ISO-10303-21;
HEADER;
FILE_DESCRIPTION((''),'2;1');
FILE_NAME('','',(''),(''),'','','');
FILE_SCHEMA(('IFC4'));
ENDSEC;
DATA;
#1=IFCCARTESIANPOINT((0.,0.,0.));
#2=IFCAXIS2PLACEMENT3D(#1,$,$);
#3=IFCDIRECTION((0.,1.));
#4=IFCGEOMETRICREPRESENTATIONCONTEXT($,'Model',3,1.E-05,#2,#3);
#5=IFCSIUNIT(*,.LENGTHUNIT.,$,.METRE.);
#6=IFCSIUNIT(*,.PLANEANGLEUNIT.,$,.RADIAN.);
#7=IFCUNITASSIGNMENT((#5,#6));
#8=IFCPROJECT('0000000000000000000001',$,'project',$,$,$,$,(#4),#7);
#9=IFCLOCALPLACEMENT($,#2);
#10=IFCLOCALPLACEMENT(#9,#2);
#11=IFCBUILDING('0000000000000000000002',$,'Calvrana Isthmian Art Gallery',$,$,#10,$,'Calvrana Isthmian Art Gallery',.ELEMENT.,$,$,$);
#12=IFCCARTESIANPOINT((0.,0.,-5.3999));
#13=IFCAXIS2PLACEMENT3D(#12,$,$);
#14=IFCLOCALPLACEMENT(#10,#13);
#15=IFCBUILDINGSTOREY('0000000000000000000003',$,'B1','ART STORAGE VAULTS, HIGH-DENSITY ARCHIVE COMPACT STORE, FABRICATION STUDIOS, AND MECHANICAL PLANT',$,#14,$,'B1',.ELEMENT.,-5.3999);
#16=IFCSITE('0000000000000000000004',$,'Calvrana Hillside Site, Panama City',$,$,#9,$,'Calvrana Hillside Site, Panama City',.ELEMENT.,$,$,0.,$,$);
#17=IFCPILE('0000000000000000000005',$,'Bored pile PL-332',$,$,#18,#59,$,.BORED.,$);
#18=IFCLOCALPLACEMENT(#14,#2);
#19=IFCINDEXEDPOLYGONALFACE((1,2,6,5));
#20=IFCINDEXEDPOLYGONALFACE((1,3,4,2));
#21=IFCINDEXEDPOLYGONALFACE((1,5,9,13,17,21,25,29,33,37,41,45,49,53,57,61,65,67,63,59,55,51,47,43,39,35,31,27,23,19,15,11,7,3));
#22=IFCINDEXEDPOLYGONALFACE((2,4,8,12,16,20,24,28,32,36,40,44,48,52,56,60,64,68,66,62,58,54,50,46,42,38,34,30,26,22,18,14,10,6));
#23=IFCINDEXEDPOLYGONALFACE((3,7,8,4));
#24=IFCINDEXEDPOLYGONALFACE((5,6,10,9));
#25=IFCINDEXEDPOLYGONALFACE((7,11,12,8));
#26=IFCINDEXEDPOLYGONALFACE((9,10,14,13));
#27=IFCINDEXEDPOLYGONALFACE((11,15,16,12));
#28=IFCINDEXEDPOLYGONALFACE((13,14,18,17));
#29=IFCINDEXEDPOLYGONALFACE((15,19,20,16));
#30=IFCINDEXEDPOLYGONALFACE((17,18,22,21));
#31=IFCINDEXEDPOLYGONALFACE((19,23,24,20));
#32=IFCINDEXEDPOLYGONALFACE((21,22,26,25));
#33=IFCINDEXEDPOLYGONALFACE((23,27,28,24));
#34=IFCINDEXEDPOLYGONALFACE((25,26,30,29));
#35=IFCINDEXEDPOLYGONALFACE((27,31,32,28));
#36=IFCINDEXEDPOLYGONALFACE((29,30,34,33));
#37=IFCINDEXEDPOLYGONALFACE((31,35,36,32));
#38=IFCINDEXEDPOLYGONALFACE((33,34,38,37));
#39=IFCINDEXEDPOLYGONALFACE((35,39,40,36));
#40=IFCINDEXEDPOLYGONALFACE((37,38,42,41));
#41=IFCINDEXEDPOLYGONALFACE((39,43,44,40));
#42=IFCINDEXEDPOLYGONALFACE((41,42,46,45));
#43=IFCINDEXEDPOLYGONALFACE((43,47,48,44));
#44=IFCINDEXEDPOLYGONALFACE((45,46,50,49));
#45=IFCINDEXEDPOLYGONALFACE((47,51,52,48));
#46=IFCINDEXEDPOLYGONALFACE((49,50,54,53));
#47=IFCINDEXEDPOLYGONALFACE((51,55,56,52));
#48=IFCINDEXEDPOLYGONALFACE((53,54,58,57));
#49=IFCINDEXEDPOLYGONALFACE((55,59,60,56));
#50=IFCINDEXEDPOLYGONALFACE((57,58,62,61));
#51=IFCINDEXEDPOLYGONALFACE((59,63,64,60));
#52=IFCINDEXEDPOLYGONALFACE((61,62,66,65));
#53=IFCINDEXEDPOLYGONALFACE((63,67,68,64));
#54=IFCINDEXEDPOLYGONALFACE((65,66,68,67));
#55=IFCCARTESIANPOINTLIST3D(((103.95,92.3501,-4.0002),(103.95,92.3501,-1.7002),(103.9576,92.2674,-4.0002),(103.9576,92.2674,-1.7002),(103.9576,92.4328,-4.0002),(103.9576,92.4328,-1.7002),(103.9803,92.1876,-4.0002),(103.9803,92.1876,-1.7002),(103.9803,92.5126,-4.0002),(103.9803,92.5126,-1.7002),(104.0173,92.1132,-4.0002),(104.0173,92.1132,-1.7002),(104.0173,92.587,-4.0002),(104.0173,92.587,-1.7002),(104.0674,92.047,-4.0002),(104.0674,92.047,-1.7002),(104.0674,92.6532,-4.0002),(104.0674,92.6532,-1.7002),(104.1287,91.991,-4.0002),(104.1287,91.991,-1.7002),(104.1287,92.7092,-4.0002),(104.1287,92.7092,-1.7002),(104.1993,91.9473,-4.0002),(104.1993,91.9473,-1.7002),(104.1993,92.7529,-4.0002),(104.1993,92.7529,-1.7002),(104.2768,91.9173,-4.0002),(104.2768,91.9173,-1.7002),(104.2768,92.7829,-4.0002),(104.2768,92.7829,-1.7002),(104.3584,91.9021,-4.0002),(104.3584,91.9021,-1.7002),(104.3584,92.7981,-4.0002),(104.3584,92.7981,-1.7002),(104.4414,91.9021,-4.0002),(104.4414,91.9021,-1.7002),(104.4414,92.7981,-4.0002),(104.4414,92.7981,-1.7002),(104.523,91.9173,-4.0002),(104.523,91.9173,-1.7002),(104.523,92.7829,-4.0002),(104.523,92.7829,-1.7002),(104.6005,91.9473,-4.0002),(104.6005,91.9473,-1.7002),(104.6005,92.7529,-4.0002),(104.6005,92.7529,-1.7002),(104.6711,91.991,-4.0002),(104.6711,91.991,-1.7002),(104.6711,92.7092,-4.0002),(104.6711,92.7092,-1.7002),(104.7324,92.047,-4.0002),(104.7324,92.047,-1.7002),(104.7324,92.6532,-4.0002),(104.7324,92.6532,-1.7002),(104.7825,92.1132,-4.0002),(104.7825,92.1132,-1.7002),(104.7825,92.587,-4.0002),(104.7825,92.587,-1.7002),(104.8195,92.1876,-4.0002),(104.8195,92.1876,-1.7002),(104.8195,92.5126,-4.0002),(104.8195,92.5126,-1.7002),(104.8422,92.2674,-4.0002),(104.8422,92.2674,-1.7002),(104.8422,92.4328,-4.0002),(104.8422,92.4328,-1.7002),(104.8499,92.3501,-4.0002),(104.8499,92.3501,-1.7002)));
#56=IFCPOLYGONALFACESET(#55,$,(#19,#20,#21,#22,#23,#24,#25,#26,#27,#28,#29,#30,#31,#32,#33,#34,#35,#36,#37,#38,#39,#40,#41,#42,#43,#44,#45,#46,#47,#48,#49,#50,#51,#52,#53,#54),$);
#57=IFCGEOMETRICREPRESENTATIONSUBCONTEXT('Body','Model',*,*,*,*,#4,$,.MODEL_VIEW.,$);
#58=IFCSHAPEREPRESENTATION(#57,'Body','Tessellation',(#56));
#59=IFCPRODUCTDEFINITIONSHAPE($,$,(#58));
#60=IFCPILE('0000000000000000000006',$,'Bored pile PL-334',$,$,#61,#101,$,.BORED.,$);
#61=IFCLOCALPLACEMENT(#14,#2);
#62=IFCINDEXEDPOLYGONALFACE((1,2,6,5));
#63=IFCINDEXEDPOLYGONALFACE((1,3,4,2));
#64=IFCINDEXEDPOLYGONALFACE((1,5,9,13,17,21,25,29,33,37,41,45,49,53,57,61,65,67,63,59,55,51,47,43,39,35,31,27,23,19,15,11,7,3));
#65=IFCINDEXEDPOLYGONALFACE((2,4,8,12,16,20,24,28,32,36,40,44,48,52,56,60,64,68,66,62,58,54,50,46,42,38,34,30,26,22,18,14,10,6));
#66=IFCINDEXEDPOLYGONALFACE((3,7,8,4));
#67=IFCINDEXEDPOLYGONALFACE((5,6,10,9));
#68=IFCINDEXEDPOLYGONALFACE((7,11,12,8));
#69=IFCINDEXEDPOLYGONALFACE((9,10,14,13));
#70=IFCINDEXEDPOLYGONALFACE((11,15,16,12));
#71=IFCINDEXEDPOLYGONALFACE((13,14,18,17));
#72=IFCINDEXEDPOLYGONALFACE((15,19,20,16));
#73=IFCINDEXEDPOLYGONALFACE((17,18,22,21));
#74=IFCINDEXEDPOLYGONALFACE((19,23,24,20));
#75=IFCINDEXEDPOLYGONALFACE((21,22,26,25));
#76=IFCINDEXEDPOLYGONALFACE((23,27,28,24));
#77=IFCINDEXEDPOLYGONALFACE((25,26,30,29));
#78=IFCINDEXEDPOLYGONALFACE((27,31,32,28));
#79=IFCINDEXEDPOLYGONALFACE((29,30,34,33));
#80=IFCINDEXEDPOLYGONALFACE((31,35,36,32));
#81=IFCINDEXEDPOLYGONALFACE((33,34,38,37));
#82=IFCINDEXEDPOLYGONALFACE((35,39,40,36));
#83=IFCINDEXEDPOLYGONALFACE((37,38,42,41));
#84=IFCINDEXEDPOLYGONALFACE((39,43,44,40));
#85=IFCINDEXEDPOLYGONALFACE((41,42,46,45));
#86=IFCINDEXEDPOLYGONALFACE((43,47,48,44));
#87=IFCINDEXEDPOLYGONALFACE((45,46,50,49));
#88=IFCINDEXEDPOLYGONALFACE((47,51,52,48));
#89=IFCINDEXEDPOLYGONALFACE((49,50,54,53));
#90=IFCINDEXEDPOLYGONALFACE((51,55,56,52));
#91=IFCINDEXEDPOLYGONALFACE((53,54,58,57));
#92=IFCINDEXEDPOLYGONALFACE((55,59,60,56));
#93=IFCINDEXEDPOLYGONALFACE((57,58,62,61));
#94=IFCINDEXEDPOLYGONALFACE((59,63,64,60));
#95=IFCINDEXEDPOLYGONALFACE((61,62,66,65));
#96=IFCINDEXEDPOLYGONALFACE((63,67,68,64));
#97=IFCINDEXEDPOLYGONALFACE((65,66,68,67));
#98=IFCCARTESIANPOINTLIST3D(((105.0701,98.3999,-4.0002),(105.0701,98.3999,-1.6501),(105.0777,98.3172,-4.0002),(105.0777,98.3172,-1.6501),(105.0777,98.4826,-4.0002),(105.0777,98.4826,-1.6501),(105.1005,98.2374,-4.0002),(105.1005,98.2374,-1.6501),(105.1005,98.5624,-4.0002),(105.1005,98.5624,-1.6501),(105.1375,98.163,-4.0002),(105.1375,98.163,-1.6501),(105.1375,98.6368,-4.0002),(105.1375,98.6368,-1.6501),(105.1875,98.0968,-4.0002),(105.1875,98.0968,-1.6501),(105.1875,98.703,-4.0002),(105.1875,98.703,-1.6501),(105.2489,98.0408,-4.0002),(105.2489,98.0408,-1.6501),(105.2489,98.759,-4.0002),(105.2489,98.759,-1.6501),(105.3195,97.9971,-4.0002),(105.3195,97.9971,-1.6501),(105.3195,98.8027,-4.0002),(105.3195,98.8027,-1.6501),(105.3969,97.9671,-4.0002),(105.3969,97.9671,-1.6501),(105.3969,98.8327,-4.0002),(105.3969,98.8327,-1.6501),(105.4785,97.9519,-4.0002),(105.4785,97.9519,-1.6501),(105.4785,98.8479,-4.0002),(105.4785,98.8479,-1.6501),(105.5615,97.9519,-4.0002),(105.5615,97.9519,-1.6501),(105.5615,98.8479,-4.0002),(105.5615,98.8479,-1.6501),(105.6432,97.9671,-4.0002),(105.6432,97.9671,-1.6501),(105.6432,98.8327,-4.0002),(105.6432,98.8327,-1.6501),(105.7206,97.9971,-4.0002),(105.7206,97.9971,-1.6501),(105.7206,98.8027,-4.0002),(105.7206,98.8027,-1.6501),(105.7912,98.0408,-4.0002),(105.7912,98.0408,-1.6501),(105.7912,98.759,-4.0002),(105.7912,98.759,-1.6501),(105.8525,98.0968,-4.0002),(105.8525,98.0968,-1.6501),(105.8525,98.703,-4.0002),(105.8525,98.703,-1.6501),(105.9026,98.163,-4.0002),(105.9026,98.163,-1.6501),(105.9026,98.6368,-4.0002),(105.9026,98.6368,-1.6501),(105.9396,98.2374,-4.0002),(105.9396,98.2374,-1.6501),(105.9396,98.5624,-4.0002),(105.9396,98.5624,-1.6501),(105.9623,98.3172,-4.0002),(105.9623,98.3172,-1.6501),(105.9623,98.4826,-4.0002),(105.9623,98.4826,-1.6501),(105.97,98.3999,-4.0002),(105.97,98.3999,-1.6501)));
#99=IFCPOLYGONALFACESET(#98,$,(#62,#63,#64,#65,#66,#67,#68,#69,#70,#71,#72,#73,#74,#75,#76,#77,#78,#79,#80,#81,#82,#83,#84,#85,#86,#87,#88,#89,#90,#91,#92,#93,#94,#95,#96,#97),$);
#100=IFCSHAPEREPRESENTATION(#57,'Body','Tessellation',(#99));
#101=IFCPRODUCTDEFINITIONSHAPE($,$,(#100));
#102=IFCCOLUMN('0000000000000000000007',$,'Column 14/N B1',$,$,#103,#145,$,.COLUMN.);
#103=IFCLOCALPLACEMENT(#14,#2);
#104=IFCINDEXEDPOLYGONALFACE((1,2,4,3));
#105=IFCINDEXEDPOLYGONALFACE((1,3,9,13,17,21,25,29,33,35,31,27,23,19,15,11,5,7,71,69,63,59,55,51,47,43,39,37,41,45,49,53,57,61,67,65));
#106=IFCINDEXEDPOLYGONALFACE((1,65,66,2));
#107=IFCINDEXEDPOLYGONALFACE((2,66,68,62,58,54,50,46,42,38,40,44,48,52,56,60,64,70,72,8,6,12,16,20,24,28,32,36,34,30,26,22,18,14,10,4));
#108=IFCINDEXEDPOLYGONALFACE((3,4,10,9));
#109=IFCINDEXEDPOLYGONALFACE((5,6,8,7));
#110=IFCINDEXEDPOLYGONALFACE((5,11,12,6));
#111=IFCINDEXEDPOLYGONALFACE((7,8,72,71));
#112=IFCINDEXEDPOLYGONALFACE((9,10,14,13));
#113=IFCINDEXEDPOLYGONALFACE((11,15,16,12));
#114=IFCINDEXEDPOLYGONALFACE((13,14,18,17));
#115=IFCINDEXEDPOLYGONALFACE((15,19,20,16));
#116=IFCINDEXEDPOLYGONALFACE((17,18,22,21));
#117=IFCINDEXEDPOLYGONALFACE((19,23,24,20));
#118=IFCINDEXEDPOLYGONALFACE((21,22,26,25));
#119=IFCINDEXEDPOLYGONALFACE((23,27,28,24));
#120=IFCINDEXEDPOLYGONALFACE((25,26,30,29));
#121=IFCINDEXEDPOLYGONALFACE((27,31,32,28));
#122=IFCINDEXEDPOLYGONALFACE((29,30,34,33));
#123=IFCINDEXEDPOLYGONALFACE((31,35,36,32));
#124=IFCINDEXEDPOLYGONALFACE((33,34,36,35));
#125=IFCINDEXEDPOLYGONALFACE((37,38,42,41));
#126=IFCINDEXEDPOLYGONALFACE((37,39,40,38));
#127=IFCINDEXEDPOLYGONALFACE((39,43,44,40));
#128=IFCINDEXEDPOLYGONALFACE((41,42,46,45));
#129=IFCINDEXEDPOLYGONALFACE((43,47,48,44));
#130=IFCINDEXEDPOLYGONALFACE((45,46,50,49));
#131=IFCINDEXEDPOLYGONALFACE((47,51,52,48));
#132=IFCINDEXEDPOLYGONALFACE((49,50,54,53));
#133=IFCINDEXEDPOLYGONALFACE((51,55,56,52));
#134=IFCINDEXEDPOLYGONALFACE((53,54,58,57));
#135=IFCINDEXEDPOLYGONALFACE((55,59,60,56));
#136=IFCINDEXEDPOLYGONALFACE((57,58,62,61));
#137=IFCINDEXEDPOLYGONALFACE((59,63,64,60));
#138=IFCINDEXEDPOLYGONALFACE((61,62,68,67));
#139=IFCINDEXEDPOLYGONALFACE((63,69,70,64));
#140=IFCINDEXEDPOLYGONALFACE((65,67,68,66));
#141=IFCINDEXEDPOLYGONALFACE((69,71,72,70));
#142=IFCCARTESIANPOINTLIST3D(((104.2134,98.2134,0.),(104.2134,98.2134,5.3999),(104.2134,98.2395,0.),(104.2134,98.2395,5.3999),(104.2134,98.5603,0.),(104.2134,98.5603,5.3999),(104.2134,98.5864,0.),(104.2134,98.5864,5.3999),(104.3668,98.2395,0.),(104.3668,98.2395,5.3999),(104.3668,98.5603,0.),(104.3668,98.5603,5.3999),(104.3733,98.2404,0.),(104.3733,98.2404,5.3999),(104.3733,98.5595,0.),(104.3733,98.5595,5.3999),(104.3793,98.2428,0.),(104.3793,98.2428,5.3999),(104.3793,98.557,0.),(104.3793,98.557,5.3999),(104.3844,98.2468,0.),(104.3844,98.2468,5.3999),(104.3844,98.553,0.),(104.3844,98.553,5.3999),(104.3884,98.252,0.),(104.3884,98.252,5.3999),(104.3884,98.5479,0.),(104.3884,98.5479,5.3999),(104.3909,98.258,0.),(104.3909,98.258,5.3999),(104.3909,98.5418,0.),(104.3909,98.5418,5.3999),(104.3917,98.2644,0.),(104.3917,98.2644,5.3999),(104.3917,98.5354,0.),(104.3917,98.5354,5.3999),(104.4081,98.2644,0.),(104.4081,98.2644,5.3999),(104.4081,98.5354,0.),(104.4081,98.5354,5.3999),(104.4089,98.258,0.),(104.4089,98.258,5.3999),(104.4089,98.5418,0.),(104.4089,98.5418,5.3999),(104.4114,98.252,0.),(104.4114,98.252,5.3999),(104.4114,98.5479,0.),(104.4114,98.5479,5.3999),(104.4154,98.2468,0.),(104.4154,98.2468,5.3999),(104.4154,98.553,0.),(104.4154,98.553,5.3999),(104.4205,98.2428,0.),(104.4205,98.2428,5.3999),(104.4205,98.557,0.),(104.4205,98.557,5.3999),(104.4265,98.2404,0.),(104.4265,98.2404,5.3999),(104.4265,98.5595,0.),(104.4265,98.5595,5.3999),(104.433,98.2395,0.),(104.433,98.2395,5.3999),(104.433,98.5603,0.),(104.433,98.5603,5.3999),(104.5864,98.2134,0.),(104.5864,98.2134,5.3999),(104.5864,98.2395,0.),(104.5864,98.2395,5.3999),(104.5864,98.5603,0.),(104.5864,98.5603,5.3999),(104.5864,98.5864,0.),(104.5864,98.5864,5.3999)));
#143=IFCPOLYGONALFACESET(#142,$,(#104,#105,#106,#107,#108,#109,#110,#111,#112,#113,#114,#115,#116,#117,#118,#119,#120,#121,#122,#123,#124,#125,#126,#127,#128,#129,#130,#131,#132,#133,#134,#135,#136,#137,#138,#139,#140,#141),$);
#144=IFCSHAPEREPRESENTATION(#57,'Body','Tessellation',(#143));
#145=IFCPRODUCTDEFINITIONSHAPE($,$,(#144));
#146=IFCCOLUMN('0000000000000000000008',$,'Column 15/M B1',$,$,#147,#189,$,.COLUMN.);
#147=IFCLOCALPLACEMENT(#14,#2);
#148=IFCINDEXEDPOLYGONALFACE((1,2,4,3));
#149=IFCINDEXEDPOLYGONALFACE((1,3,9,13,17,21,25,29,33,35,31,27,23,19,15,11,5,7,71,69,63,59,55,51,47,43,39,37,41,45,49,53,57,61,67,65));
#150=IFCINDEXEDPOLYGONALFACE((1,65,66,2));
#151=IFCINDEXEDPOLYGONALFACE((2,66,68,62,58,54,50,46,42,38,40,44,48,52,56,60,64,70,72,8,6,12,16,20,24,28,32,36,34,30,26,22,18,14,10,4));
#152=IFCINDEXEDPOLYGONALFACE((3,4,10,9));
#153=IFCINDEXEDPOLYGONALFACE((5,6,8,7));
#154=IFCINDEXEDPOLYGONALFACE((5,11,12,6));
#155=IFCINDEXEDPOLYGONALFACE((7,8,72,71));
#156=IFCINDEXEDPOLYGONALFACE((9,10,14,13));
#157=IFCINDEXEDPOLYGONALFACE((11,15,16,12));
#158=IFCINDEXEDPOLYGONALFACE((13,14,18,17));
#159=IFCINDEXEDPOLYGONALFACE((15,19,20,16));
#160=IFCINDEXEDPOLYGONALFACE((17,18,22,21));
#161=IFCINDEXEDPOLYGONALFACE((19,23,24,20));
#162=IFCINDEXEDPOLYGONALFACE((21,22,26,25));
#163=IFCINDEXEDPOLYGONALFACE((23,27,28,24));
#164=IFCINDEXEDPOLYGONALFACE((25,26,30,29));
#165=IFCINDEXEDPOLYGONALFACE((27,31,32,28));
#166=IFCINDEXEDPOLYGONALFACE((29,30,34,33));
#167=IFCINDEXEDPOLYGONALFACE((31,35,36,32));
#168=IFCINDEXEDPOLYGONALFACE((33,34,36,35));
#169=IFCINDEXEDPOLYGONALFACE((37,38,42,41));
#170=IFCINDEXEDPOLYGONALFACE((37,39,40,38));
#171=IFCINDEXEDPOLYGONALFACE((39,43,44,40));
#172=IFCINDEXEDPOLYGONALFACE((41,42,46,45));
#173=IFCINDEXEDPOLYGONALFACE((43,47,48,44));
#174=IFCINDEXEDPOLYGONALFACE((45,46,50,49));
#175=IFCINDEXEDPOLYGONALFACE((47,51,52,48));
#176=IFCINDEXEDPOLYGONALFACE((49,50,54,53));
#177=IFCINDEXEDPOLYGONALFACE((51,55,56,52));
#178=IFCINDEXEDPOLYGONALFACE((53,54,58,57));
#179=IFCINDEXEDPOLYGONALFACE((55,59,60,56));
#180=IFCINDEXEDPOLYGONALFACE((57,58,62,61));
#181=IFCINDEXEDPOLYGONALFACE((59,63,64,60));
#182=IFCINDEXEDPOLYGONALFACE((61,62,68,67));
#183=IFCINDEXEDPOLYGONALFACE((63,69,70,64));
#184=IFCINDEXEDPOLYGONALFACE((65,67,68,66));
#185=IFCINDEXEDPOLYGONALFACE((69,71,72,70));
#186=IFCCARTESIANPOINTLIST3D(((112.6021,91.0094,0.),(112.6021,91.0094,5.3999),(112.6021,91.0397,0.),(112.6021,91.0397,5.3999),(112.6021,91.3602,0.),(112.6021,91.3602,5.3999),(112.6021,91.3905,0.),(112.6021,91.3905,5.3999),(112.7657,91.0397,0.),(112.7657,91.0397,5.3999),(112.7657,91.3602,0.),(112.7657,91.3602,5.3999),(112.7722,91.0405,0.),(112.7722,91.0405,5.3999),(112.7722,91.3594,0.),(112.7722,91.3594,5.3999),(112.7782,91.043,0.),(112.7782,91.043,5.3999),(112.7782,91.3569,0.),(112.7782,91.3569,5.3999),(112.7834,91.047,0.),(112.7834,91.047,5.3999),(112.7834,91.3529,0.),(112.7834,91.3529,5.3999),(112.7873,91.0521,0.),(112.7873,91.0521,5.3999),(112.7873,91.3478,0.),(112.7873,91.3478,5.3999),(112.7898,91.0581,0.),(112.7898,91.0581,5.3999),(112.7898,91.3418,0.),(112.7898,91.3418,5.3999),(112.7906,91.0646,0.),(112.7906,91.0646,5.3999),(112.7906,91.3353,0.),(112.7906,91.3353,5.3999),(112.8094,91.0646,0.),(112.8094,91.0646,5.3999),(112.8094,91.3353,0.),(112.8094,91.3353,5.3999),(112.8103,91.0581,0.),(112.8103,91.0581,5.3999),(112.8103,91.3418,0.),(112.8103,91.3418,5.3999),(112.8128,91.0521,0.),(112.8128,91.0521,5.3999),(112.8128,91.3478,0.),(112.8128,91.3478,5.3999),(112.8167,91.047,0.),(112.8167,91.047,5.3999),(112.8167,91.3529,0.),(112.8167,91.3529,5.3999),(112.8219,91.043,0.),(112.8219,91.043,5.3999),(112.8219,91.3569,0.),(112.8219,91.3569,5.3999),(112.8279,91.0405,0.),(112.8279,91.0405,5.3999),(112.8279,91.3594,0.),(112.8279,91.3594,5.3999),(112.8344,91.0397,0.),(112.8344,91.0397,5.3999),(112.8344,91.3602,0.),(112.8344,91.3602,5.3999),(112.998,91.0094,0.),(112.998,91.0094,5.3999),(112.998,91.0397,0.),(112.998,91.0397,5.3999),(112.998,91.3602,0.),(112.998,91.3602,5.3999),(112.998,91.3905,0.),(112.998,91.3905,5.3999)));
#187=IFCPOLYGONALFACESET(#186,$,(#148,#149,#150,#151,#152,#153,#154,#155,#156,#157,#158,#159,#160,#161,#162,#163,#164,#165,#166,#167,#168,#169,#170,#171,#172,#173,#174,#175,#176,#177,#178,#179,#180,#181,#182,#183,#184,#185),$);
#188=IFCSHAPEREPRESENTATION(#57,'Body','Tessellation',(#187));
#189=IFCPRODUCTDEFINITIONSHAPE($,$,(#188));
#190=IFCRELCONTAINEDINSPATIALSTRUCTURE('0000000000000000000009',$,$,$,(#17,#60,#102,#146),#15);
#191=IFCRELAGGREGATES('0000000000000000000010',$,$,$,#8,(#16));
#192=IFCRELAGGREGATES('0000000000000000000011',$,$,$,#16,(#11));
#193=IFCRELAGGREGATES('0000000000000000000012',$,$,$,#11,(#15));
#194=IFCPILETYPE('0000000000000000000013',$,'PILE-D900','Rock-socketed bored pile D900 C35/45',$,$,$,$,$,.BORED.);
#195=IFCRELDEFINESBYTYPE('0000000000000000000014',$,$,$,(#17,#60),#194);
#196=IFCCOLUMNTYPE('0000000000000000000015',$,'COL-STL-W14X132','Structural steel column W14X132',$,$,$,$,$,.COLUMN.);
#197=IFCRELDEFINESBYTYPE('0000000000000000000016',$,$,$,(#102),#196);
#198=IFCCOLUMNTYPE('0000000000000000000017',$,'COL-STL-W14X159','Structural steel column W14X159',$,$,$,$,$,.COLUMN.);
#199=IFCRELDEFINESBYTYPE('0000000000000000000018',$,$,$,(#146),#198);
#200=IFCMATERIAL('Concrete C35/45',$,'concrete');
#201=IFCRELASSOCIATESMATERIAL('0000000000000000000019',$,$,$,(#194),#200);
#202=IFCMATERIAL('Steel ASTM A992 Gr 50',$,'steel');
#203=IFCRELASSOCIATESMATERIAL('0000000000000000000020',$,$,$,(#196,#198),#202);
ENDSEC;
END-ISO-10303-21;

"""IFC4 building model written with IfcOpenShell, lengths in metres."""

from ifc_helpers import new_model, si_unit, direction, frame, origin, origin_2d, place, context, subcontext, project, spatial, circle, i_section, extrude, material, material_profile, profile_set, type_object, element, save


model = new_model("IFC4")

# Units and contexts
model_context = context("Model", 3, precision=1e-05, world=origin(), true_north=direction((0.0, 1.0)))
body_context = subcontext(model_context, "Body", "Model", "MODEL_VIEW")
ifc_project = project(units=[si_unit("LENGTHUNIT", "METRE"), si_unit("PLANEANGLEUNIT", "RADIAN")], contexts=[model_context])

# Site, building, storey
site_placement = place(None, origin())
site = spatial("IfcSite", under=ifc_project, at=site_placement, Name="Calvrana Hillside Site, Panama City", LongName="Calvrana Hillside Site, Panama City", CompositionType="ELEMENT", RefElevation=0.0)
building_placement = place(site_placement, origin())
building = spatial("IfcBuilding", under=site, at=building_placement, Name="Calvrana Isthmian Art Gallery", LongName="Calvrana Isthmian Art Gallery", CompositionType="ELEMENT")
storey_placement = place(building_placement, frame((0.0, 0.0, -5.3999)))
storey = spatial("IfcBuildingStorey", under=building, at=storey_placement, Name="B1", Description="ART STORAGE VAULTS, HIGH-DENSITY ARCHIVE COMPACT STORE, FABRICATION STUDIOS, AND MECHANICAL PLANT", LongName="B1", CompositionType="ELEMENT", Elevation=-5.3999)

# Shared definitions
ifc_material_1 = material(Name="Concrete C35/45", Category="concrete")

# Piles
ifc_material_profile_1 = material_profile(ifc_material_1, circle(Radius=0.45, at=origin_2d()), Name="PILE900D")
ifc_profile_set_1 = profile_set([ifc_material_profile_1], Name="Concrete C35/45")
pile_type_1 = type_object("IfcPileType", Name="PILE-D900", Description="Rock-socketed bored pile D900 C35/45", PredefinedType="BORED", material=ifc_profile_set_1)
pile_1_placement = place(storey_placement, frame((104.3999, 92.3501, -1.7002), z_axis=(0.0, 0.0, -1.0), x_axis=(1.0, 0.0, 0.0)))
element("IfcPile", 1, at=pile_1_placement, inside=storey, type_object=pile_type_1, Name="Bored pile PL-332", PredefinedType="BORED", context=body_context, shape_type="SweptSolid", body=[
    extrude(circle(Radius=0.45, at=origin_2d()), origin(), (0.0, 0.0, 1.0), 2.3),
])
pile_2_placement = place(storey_placement, frame((105.52, 98.3999, -1.6501), z_axis=(0.0, 0.0, -1.0), x_axis=(1.0, 0.0, 0.0)))
element("IfcPile", 2, at=pile_2_placement, inside=storey, type_object=pile_type_1, Name="Bored pile PL-334", PredefinedType="BORED", context=body_context, shape_type="SweptSolid", body=[
    extrude(circle(Radius=0.45, at=origin_2d()), origin(), (0.0, 0.0, 1.0), 2.3501),
])

# Columns
ifc_material_2 = material(Name="Steel ASTM A992 Gr 50", Category="steel")
ifc_material_profile_2 = material_profile(ifc_material_2, i_section(OverallWidth=0.373, OverallDepth=0.373, WebThickness=0.0164, FlangeThickness=0.0261, FilletRadius=0.0249, at=origin_2d()), Name="W14X132")
ifc_profile_set_2 = profile_set([ifc_material_profile_2], Name="Steel ASTM A992 Gr 50")
column_type_1 = type_object("IfcColumnType", Name="COL-STL-W14X132", Description="Structural steel column W14X132", PredefinedType="COLUMN", material=ifc_profile_set_2)
column_1_placement = place(storey_placement, frame((104.3999, 98.3999, 0.0), z_axis=(0.0, 0.0, 1.0), x_axis=(1.0, 0.0, 0.0)))
element("IfcColumn", 3, at=column_1_placement, inside=storey, type_object=column_type_1, Name="Column 14/N B1", PredefinedType="COLUMN", context=body_context, shape_type="SweptSolid", body=[
    extrude(i_section(OverallWidth=0.373, OverallDepth=0.373, WebThickness=0.0164, FlangeThickness=0.0261, FilletRadius=0.0249, at=origin_2d()), origin(), (0.0, 0.0, 1.0), 5.3999),
])
ifc_material_profile_3 = material_profile(ifc_material_2, i_section(OverallWidth=0.396, OverallDepth=0.3811, WebThickness=0.0188, FlangeThickness=0.0303, FilletRadius=0.0249, at=origin_2d()), Name="W14X159")
ifc_profile_set_3 = profile_set([ifc_material_profile_3], Name="Steel ASTM A992 Gr 50")
column_type_2 = type_object("IfcColumnType", Name="COL-STL-W14X159", Description="Structural steel column W14X159", PredefinedType="COLUMN", material=ifc_profile_set_3)
column_2_placement = place(storey_placement, frame((112.8, 91.2, 0.0), z_axis=(0.0, 0.0, 1.0), x_axis=(1.0, 0.0, 0.0)))
element("IfcColumn", 4, at=column_2_placement, inside=storey, type_object=column_type_2, Name="Column 15/M B1", PredefinedType="COLUMN", context=body_context, shape_type="SweptSolid", body=[
    extrude(i_section(OverallWidth=0.396, OverallDepth=0.3811, WebThickness=0.0188, FlangeThickness=0.0303, FilletRadius=0.0249, at=origin_2d()), origin(), (0.0, 0.0, 1.0), 5.3999),
])

save(model, "model.ifc")
